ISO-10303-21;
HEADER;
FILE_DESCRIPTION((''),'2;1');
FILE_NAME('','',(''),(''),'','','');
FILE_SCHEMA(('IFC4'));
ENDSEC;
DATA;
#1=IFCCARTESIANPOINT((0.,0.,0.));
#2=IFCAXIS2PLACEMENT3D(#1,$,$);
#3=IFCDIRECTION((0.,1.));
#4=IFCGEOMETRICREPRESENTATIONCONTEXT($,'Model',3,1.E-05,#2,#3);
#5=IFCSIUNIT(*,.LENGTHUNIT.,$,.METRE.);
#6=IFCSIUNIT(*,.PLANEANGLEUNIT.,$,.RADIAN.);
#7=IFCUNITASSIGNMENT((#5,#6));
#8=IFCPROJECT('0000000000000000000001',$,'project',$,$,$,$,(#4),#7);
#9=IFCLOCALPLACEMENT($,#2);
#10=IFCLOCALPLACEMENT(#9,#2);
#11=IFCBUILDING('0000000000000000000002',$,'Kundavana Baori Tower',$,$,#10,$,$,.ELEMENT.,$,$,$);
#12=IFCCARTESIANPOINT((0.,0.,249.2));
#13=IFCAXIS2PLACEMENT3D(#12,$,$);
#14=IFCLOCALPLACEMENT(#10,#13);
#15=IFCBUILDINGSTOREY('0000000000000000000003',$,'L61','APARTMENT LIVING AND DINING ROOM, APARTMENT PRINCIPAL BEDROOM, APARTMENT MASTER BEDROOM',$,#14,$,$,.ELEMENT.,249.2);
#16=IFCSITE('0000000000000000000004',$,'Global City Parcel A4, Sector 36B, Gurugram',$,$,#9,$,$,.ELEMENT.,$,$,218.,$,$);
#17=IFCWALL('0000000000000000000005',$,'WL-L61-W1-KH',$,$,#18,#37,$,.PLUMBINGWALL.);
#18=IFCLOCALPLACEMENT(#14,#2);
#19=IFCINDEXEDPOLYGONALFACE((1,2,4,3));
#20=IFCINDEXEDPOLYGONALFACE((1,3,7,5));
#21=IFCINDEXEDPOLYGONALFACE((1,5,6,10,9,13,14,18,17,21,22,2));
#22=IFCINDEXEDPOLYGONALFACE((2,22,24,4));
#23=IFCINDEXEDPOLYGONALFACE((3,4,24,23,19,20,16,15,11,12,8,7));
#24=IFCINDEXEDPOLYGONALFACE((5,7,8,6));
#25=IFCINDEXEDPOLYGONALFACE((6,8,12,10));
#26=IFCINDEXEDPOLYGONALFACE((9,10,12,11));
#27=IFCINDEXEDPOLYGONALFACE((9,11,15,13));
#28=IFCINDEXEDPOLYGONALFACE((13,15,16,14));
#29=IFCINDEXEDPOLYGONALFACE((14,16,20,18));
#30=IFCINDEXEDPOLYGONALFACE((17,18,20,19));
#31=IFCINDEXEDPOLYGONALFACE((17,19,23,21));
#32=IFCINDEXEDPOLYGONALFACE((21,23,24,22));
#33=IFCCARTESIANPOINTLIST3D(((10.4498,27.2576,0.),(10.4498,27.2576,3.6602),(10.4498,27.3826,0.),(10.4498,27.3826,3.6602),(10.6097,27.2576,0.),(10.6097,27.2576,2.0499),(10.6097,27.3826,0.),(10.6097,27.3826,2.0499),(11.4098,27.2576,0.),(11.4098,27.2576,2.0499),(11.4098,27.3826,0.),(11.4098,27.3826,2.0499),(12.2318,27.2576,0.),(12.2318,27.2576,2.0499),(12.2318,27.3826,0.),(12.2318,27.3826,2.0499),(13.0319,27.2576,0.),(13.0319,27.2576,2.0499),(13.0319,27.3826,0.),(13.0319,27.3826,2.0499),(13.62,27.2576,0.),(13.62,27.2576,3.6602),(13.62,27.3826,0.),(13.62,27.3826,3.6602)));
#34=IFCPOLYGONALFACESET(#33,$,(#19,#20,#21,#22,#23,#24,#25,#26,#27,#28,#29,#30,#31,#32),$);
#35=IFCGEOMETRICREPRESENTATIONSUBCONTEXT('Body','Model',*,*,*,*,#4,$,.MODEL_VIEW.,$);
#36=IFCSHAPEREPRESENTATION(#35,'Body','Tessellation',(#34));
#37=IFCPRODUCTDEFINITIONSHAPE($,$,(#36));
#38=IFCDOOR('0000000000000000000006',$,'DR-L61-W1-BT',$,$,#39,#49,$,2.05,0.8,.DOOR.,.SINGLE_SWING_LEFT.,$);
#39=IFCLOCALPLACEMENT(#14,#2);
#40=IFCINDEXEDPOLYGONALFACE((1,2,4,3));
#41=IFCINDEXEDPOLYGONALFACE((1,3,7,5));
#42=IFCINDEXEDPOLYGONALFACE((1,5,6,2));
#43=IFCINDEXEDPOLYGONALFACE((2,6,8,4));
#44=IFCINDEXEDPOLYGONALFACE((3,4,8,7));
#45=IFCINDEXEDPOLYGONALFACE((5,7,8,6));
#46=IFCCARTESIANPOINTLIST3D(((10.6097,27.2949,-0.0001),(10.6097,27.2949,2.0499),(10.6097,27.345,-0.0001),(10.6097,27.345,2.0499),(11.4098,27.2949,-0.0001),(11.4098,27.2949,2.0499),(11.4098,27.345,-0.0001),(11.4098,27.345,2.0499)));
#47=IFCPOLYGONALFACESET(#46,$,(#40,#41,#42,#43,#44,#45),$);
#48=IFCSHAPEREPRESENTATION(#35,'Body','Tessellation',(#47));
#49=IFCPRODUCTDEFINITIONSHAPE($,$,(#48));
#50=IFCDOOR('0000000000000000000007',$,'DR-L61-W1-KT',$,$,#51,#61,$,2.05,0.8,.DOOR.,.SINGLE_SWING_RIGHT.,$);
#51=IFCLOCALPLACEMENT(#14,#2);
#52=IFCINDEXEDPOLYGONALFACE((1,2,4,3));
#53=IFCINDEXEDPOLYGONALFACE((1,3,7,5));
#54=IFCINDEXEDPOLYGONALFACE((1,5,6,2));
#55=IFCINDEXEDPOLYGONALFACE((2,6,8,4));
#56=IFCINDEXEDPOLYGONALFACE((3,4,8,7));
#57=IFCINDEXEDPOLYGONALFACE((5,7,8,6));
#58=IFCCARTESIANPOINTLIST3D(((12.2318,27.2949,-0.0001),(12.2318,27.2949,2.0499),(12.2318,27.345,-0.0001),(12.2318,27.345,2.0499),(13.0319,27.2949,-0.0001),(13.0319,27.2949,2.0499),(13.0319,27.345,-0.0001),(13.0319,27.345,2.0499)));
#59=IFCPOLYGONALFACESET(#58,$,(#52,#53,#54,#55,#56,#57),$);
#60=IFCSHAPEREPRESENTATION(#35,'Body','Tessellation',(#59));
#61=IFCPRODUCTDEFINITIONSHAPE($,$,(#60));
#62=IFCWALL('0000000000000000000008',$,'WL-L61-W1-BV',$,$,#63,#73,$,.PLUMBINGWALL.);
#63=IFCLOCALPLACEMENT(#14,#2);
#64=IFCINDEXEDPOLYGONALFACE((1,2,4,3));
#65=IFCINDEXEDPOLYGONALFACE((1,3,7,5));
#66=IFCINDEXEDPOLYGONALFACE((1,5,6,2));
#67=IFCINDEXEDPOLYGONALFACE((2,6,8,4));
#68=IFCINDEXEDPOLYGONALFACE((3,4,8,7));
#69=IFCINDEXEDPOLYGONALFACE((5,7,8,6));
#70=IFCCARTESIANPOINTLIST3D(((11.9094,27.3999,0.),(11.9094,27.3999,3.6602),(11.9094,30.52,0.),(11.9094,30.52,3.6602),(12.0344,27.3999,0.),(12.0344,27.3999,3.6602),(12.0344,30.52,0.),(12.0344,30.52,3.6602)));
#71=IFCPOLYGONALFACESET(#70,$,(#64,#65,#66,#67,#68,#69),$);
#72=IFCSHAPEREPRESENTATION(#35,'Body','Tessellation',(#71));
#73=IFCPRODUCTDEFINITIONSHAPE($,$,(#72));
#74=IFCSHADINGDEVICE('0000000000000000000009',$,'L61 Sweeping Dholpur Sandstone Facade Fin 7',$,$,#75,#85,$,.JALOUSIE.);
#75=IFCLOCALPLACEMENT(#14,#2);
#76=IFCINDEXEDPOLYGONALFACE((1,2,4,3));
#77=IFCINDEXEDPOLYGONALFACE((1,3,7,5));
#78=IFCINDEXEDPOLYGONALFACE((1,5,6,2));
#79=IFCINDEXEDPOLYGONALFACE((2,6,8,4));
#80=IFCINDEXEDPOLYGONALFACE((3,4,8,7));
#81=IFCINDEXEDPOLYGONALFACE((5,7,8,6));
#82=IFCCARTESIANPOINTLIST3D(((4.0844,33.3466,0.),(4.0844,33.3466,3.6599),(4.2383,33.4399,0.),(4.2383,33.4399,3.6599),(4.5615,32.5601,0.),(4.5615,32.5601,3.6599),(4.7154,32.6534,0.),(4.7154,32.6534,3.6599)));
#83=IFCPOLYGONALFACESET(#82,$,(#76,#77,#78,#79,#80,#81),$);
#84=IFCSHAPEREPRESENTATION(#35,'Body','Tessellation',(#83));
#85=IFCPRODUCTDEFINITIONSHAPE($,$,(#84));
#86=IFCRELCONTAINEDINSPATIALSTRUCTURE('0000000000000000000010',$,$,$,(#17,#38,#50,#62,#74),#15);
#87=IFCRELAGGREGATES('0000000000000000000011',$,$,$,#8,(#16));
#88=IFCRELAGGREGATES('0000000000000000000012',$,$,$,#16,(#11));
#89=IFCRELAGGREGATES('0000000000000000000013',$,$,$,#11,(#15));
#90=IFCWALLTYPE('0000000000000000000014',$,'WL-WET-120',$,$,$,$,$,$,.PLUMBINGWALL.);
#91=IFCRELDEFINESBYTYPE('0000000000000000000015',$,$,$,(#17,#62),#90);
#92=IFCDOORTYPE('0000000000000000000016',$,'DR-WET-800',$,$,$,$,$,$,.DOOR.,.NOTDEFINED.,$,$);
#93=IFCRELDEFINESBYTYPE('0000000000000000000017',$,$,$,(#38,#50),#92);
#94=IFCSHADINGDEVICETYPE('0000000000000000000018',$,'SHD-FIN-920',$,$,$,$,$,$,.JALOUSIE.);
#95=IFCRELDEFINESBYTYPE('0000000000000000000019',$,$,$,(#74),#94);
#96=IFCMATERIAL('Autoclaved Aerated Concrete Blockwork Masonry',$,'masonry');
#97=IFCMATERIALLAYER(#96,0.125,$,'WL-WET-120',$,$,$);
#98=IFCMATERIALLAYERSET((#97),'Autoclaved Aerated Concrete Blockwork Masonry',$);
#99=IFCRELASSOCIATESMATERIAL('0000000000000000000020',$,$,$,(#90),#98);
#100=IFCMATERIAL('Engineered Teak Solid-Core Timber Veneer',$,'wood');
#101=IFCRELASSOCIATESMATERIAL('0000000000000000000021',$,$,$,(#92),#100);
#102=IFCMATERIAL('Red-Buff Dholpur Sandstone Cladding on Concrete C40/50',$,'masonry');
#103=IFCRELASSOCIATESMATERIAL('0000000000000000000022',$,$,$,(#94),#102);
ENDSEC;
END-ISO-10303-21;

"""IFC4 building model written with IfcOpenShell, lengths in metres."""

from ifc_helpers import new_model, si_unit, direction, frame, frame_2d, origin, origin_2d, place, context, subcontext, project, spatial, rectangle, extrude, material, layer, layer_set, type_object, element, fill, save


model = new_model("IFC4")

# Units and contexts
model_context = context("Model", 3, precision=1e-05, world=origin(), true_north=direction((0.0, 1.0)))
body_context = subcontext(model_context, "Body", "Model", "MODEL_VIEW")
ifc_project = project(units=[si_unit("LENGTHUNIT", "METRE"), si_unit("PLANEANGLEUNIT", "RADIAN")], contexts=[model_context])

# Site, building, storey
site_placement = place(None, origin())
site = spatial("IfcSite", under=ifc_project, at=site_placement, Name="Global City Parcel A4, Sector 36B, Gurugram", CompositionType="ELEMENT", RefElevation=218.0)
building_placement = place(site_placement, origin())
building = spatial("IfcBuilding", under=site, at=building_placement, Name="Kundavana Baori Tower", CompositionType="ELEMENT")
storey_placement = place(building_placement, frame((0.0, 0.0, 249.2)))
storey = spatial("IfcBuildingStorey", under=building, at=storey_placement, Name="L61", Description="APARTMENT LIVING AND DINING ROOM, APARTMENT PRINCIPAL BEDROOM, APARTMENT MASTER BEDROOM", CompositionType="ELEMENT", Elevation=249.2)

# Wall, openings, doors
ifc_material_1 = material(Name="Autoclaved Aerated Concrete Blockwork Masonry", Category="masonry")
ifc_layer_1 = layer(ifc_material_1, 0.125, Name="WL-WET-120")
ifc_layer_set_1 = layer_set([ifc_layer_1], Name="Autoclaved Aerated Concrete Blockwork Masonry")
wall_type_1 = type_object("IfcWallType", Name="WL-WET-120", PredefinedType="PLUMBINGWALL", material=ifc_layer_set_1)
wall_1_placement = place(storey_placement, frame((10.45, 27.3201, 0.0), z_axis=(0.0, 0.0, 1.0), x_axis=(1.0, 0.0, 0.0)))
wall_1 = element("IfcWall", 1, at=wall_1_placement, inside=storey, type_object=wall_type_1, Name="WL-L61-W1-KH", PredefinedType="PLUMBINGWALL", context=body_context, shape_type="SweptSolid", body=[
    extrude(rectangle(XDim=3.1702, YDim=0.125, at=frame_2d((1.585, 0.0))), origin(), (0.0, 0.0, 1.0), 3.6602),
])
opening_1_placement = place(wall_1_placement, frame((0.1599, 0.0, 0.0)))
opening_1 = element("IfcOpeningElement", 2, at=opening_1_placement, cuts=wall_1, PredefinedType="OPENING", context=body_context, shape_type="SweptSolid", body=[
    extrude(rectangle(XDim=0.8, YDim=2.05, at=frame_2d((0.3999, 1.0249))), frame((0.0, 0.0725, 0.0), z_axis=(0.0, -1.0, 0.0), x_axis=(1.0, 0.0, 0.0)), (0.0, 0.0, 1.0), 0.145),
])
opening_2_placement = place(wall_1_placement, frame((1.782, 0.0, 0.0)))
opening_2 = element("IfcOpeningElement", 3, at=opening_2_placement, cuts=wall_1, PredefinedType="OPENING", context=body_context, shape_type="SweptSolid", body=[
    extrude(rectangle(XDim=0.8, YDim=2.05, at=frame_2d((0.3999, 1.0249))), frame((0.0, 0.0725, 0.0), z_axis=(0.0, -1.0, 0.0), x_axis=(1.0, 0.0, 0.0)), (0.0, 0.0, 1.0), 0.145),
])
ifc_material_2 = material(Name="Engineered Teak Solid-Core Timber Veneer", Category="wood")
door_type_1 = type_object("IfcDoorType", Name="DR-WET-800", OperationType="NOTDEFINED", PredefinedType="DOOR", material=ifc_material_2)
door_1_placement = place(opening_1_placement, origin())
door_1 = element("IfcDoor", 4, at=door_1_placement, inside=storey, type_object=door_type_1, Name="DR-L61-W1-BT", OperationType="SINGLE_SWING_LEFT", OverallHeight=2.05, OverallWidth=0.8, PredefinedType="DOOR", context=body_context, shape_type="SweptSolid", body=[
    extrude(rectangle(XDim=0.8, YDim=2.05, at=frame_2d((0.3999, 1.0249))), frame((0.0, 0.0249, 0.0), z_axis=(0.0, -1.0, 0.0), x_axis=(1.0, 0.0, 0.0)), (0.0, 0.0, 1.0), 0.05),
])
fill(opening_1, door_1)
door_2_placement = place(opening_2_placement, origin())
door_2 = element("IfcDoor", 5, at=door_2_placement, inside=storey, type_object=door_type_1, Name="DR-L61-W1-KT", OperationType="SINGLE_SWING_RIGHT", OverallHeight=2.05, OverallWidth=0.8, PredefinedType="DOOR", context=body_context, shape_type="SweptSolid", body=[
    extrude(rectangle(XDim=0.8, YDim=2.05, at=frame_2d((0.3999, 1.0249))), frame((0.0, 0.0249, 0.0), z_axis=(0.0, -1.0, 0.0), x_axis=(1.0, 0.0, 0.0)), (0.0, 0.0, 1.0), 0.05),
])
fill(opening_2, door_2)

# Wall
wall_2_placement = place(storey_placement, frame((11.9719, 27.3999, 0.0), z_axis=(0.0, 0.0, 1.0), x_axis=(0.0, 1.0, 0.0)))
element("IfcWall", 6, at=wall_2_placement, inside=storey, type_object=wall_type_1, Name="WL-L61-W1-BV", PredefinedType="PLUMBINGWALL", context=body_context, shape_type="SweptSolid", body=[
    extrude(rectangle(XDim=3.1201, YDim=0.125, at=frame_2d((1.5601, 0.0))), origin(), (0.0, 0.0, 1.0), 3.6602),
])

# Shading device
ifc_material_3 = material(Name="Red-Buff Dholpur Sandstone Cladding on Concrete C40/50", Category="masonry")
shading_device_type = type_object("IfcShadingDeviceType", Name="SHD-FIN-920", PredefinedType="JALOUSIE", material=ifc_material_3)
shading_device_placement = place(storey_placement, frame((4.3999, 33.0, 0.0), z_axis=(0.0, 0.0, 1.0), x_axis=(0.855002, 0.518624, 0.0)))
element("IfcShadingDevice", 7, at=shading_device_placement, inside=storey, type_object=shading_device_type, Name="L61 Sweeping Dholpur Sandstone Facade Fin 7", PredefinedType="JALOUSIE", context=body_context, shape_type="SweptSolid", body=[
    extrude(rectangle(XDim=0.1799, YDim=0.9199, at=origin_2d()), origin(), (0.0, 0.0, 1.0), 3.6599),
])

save(model, "model.ifc")
